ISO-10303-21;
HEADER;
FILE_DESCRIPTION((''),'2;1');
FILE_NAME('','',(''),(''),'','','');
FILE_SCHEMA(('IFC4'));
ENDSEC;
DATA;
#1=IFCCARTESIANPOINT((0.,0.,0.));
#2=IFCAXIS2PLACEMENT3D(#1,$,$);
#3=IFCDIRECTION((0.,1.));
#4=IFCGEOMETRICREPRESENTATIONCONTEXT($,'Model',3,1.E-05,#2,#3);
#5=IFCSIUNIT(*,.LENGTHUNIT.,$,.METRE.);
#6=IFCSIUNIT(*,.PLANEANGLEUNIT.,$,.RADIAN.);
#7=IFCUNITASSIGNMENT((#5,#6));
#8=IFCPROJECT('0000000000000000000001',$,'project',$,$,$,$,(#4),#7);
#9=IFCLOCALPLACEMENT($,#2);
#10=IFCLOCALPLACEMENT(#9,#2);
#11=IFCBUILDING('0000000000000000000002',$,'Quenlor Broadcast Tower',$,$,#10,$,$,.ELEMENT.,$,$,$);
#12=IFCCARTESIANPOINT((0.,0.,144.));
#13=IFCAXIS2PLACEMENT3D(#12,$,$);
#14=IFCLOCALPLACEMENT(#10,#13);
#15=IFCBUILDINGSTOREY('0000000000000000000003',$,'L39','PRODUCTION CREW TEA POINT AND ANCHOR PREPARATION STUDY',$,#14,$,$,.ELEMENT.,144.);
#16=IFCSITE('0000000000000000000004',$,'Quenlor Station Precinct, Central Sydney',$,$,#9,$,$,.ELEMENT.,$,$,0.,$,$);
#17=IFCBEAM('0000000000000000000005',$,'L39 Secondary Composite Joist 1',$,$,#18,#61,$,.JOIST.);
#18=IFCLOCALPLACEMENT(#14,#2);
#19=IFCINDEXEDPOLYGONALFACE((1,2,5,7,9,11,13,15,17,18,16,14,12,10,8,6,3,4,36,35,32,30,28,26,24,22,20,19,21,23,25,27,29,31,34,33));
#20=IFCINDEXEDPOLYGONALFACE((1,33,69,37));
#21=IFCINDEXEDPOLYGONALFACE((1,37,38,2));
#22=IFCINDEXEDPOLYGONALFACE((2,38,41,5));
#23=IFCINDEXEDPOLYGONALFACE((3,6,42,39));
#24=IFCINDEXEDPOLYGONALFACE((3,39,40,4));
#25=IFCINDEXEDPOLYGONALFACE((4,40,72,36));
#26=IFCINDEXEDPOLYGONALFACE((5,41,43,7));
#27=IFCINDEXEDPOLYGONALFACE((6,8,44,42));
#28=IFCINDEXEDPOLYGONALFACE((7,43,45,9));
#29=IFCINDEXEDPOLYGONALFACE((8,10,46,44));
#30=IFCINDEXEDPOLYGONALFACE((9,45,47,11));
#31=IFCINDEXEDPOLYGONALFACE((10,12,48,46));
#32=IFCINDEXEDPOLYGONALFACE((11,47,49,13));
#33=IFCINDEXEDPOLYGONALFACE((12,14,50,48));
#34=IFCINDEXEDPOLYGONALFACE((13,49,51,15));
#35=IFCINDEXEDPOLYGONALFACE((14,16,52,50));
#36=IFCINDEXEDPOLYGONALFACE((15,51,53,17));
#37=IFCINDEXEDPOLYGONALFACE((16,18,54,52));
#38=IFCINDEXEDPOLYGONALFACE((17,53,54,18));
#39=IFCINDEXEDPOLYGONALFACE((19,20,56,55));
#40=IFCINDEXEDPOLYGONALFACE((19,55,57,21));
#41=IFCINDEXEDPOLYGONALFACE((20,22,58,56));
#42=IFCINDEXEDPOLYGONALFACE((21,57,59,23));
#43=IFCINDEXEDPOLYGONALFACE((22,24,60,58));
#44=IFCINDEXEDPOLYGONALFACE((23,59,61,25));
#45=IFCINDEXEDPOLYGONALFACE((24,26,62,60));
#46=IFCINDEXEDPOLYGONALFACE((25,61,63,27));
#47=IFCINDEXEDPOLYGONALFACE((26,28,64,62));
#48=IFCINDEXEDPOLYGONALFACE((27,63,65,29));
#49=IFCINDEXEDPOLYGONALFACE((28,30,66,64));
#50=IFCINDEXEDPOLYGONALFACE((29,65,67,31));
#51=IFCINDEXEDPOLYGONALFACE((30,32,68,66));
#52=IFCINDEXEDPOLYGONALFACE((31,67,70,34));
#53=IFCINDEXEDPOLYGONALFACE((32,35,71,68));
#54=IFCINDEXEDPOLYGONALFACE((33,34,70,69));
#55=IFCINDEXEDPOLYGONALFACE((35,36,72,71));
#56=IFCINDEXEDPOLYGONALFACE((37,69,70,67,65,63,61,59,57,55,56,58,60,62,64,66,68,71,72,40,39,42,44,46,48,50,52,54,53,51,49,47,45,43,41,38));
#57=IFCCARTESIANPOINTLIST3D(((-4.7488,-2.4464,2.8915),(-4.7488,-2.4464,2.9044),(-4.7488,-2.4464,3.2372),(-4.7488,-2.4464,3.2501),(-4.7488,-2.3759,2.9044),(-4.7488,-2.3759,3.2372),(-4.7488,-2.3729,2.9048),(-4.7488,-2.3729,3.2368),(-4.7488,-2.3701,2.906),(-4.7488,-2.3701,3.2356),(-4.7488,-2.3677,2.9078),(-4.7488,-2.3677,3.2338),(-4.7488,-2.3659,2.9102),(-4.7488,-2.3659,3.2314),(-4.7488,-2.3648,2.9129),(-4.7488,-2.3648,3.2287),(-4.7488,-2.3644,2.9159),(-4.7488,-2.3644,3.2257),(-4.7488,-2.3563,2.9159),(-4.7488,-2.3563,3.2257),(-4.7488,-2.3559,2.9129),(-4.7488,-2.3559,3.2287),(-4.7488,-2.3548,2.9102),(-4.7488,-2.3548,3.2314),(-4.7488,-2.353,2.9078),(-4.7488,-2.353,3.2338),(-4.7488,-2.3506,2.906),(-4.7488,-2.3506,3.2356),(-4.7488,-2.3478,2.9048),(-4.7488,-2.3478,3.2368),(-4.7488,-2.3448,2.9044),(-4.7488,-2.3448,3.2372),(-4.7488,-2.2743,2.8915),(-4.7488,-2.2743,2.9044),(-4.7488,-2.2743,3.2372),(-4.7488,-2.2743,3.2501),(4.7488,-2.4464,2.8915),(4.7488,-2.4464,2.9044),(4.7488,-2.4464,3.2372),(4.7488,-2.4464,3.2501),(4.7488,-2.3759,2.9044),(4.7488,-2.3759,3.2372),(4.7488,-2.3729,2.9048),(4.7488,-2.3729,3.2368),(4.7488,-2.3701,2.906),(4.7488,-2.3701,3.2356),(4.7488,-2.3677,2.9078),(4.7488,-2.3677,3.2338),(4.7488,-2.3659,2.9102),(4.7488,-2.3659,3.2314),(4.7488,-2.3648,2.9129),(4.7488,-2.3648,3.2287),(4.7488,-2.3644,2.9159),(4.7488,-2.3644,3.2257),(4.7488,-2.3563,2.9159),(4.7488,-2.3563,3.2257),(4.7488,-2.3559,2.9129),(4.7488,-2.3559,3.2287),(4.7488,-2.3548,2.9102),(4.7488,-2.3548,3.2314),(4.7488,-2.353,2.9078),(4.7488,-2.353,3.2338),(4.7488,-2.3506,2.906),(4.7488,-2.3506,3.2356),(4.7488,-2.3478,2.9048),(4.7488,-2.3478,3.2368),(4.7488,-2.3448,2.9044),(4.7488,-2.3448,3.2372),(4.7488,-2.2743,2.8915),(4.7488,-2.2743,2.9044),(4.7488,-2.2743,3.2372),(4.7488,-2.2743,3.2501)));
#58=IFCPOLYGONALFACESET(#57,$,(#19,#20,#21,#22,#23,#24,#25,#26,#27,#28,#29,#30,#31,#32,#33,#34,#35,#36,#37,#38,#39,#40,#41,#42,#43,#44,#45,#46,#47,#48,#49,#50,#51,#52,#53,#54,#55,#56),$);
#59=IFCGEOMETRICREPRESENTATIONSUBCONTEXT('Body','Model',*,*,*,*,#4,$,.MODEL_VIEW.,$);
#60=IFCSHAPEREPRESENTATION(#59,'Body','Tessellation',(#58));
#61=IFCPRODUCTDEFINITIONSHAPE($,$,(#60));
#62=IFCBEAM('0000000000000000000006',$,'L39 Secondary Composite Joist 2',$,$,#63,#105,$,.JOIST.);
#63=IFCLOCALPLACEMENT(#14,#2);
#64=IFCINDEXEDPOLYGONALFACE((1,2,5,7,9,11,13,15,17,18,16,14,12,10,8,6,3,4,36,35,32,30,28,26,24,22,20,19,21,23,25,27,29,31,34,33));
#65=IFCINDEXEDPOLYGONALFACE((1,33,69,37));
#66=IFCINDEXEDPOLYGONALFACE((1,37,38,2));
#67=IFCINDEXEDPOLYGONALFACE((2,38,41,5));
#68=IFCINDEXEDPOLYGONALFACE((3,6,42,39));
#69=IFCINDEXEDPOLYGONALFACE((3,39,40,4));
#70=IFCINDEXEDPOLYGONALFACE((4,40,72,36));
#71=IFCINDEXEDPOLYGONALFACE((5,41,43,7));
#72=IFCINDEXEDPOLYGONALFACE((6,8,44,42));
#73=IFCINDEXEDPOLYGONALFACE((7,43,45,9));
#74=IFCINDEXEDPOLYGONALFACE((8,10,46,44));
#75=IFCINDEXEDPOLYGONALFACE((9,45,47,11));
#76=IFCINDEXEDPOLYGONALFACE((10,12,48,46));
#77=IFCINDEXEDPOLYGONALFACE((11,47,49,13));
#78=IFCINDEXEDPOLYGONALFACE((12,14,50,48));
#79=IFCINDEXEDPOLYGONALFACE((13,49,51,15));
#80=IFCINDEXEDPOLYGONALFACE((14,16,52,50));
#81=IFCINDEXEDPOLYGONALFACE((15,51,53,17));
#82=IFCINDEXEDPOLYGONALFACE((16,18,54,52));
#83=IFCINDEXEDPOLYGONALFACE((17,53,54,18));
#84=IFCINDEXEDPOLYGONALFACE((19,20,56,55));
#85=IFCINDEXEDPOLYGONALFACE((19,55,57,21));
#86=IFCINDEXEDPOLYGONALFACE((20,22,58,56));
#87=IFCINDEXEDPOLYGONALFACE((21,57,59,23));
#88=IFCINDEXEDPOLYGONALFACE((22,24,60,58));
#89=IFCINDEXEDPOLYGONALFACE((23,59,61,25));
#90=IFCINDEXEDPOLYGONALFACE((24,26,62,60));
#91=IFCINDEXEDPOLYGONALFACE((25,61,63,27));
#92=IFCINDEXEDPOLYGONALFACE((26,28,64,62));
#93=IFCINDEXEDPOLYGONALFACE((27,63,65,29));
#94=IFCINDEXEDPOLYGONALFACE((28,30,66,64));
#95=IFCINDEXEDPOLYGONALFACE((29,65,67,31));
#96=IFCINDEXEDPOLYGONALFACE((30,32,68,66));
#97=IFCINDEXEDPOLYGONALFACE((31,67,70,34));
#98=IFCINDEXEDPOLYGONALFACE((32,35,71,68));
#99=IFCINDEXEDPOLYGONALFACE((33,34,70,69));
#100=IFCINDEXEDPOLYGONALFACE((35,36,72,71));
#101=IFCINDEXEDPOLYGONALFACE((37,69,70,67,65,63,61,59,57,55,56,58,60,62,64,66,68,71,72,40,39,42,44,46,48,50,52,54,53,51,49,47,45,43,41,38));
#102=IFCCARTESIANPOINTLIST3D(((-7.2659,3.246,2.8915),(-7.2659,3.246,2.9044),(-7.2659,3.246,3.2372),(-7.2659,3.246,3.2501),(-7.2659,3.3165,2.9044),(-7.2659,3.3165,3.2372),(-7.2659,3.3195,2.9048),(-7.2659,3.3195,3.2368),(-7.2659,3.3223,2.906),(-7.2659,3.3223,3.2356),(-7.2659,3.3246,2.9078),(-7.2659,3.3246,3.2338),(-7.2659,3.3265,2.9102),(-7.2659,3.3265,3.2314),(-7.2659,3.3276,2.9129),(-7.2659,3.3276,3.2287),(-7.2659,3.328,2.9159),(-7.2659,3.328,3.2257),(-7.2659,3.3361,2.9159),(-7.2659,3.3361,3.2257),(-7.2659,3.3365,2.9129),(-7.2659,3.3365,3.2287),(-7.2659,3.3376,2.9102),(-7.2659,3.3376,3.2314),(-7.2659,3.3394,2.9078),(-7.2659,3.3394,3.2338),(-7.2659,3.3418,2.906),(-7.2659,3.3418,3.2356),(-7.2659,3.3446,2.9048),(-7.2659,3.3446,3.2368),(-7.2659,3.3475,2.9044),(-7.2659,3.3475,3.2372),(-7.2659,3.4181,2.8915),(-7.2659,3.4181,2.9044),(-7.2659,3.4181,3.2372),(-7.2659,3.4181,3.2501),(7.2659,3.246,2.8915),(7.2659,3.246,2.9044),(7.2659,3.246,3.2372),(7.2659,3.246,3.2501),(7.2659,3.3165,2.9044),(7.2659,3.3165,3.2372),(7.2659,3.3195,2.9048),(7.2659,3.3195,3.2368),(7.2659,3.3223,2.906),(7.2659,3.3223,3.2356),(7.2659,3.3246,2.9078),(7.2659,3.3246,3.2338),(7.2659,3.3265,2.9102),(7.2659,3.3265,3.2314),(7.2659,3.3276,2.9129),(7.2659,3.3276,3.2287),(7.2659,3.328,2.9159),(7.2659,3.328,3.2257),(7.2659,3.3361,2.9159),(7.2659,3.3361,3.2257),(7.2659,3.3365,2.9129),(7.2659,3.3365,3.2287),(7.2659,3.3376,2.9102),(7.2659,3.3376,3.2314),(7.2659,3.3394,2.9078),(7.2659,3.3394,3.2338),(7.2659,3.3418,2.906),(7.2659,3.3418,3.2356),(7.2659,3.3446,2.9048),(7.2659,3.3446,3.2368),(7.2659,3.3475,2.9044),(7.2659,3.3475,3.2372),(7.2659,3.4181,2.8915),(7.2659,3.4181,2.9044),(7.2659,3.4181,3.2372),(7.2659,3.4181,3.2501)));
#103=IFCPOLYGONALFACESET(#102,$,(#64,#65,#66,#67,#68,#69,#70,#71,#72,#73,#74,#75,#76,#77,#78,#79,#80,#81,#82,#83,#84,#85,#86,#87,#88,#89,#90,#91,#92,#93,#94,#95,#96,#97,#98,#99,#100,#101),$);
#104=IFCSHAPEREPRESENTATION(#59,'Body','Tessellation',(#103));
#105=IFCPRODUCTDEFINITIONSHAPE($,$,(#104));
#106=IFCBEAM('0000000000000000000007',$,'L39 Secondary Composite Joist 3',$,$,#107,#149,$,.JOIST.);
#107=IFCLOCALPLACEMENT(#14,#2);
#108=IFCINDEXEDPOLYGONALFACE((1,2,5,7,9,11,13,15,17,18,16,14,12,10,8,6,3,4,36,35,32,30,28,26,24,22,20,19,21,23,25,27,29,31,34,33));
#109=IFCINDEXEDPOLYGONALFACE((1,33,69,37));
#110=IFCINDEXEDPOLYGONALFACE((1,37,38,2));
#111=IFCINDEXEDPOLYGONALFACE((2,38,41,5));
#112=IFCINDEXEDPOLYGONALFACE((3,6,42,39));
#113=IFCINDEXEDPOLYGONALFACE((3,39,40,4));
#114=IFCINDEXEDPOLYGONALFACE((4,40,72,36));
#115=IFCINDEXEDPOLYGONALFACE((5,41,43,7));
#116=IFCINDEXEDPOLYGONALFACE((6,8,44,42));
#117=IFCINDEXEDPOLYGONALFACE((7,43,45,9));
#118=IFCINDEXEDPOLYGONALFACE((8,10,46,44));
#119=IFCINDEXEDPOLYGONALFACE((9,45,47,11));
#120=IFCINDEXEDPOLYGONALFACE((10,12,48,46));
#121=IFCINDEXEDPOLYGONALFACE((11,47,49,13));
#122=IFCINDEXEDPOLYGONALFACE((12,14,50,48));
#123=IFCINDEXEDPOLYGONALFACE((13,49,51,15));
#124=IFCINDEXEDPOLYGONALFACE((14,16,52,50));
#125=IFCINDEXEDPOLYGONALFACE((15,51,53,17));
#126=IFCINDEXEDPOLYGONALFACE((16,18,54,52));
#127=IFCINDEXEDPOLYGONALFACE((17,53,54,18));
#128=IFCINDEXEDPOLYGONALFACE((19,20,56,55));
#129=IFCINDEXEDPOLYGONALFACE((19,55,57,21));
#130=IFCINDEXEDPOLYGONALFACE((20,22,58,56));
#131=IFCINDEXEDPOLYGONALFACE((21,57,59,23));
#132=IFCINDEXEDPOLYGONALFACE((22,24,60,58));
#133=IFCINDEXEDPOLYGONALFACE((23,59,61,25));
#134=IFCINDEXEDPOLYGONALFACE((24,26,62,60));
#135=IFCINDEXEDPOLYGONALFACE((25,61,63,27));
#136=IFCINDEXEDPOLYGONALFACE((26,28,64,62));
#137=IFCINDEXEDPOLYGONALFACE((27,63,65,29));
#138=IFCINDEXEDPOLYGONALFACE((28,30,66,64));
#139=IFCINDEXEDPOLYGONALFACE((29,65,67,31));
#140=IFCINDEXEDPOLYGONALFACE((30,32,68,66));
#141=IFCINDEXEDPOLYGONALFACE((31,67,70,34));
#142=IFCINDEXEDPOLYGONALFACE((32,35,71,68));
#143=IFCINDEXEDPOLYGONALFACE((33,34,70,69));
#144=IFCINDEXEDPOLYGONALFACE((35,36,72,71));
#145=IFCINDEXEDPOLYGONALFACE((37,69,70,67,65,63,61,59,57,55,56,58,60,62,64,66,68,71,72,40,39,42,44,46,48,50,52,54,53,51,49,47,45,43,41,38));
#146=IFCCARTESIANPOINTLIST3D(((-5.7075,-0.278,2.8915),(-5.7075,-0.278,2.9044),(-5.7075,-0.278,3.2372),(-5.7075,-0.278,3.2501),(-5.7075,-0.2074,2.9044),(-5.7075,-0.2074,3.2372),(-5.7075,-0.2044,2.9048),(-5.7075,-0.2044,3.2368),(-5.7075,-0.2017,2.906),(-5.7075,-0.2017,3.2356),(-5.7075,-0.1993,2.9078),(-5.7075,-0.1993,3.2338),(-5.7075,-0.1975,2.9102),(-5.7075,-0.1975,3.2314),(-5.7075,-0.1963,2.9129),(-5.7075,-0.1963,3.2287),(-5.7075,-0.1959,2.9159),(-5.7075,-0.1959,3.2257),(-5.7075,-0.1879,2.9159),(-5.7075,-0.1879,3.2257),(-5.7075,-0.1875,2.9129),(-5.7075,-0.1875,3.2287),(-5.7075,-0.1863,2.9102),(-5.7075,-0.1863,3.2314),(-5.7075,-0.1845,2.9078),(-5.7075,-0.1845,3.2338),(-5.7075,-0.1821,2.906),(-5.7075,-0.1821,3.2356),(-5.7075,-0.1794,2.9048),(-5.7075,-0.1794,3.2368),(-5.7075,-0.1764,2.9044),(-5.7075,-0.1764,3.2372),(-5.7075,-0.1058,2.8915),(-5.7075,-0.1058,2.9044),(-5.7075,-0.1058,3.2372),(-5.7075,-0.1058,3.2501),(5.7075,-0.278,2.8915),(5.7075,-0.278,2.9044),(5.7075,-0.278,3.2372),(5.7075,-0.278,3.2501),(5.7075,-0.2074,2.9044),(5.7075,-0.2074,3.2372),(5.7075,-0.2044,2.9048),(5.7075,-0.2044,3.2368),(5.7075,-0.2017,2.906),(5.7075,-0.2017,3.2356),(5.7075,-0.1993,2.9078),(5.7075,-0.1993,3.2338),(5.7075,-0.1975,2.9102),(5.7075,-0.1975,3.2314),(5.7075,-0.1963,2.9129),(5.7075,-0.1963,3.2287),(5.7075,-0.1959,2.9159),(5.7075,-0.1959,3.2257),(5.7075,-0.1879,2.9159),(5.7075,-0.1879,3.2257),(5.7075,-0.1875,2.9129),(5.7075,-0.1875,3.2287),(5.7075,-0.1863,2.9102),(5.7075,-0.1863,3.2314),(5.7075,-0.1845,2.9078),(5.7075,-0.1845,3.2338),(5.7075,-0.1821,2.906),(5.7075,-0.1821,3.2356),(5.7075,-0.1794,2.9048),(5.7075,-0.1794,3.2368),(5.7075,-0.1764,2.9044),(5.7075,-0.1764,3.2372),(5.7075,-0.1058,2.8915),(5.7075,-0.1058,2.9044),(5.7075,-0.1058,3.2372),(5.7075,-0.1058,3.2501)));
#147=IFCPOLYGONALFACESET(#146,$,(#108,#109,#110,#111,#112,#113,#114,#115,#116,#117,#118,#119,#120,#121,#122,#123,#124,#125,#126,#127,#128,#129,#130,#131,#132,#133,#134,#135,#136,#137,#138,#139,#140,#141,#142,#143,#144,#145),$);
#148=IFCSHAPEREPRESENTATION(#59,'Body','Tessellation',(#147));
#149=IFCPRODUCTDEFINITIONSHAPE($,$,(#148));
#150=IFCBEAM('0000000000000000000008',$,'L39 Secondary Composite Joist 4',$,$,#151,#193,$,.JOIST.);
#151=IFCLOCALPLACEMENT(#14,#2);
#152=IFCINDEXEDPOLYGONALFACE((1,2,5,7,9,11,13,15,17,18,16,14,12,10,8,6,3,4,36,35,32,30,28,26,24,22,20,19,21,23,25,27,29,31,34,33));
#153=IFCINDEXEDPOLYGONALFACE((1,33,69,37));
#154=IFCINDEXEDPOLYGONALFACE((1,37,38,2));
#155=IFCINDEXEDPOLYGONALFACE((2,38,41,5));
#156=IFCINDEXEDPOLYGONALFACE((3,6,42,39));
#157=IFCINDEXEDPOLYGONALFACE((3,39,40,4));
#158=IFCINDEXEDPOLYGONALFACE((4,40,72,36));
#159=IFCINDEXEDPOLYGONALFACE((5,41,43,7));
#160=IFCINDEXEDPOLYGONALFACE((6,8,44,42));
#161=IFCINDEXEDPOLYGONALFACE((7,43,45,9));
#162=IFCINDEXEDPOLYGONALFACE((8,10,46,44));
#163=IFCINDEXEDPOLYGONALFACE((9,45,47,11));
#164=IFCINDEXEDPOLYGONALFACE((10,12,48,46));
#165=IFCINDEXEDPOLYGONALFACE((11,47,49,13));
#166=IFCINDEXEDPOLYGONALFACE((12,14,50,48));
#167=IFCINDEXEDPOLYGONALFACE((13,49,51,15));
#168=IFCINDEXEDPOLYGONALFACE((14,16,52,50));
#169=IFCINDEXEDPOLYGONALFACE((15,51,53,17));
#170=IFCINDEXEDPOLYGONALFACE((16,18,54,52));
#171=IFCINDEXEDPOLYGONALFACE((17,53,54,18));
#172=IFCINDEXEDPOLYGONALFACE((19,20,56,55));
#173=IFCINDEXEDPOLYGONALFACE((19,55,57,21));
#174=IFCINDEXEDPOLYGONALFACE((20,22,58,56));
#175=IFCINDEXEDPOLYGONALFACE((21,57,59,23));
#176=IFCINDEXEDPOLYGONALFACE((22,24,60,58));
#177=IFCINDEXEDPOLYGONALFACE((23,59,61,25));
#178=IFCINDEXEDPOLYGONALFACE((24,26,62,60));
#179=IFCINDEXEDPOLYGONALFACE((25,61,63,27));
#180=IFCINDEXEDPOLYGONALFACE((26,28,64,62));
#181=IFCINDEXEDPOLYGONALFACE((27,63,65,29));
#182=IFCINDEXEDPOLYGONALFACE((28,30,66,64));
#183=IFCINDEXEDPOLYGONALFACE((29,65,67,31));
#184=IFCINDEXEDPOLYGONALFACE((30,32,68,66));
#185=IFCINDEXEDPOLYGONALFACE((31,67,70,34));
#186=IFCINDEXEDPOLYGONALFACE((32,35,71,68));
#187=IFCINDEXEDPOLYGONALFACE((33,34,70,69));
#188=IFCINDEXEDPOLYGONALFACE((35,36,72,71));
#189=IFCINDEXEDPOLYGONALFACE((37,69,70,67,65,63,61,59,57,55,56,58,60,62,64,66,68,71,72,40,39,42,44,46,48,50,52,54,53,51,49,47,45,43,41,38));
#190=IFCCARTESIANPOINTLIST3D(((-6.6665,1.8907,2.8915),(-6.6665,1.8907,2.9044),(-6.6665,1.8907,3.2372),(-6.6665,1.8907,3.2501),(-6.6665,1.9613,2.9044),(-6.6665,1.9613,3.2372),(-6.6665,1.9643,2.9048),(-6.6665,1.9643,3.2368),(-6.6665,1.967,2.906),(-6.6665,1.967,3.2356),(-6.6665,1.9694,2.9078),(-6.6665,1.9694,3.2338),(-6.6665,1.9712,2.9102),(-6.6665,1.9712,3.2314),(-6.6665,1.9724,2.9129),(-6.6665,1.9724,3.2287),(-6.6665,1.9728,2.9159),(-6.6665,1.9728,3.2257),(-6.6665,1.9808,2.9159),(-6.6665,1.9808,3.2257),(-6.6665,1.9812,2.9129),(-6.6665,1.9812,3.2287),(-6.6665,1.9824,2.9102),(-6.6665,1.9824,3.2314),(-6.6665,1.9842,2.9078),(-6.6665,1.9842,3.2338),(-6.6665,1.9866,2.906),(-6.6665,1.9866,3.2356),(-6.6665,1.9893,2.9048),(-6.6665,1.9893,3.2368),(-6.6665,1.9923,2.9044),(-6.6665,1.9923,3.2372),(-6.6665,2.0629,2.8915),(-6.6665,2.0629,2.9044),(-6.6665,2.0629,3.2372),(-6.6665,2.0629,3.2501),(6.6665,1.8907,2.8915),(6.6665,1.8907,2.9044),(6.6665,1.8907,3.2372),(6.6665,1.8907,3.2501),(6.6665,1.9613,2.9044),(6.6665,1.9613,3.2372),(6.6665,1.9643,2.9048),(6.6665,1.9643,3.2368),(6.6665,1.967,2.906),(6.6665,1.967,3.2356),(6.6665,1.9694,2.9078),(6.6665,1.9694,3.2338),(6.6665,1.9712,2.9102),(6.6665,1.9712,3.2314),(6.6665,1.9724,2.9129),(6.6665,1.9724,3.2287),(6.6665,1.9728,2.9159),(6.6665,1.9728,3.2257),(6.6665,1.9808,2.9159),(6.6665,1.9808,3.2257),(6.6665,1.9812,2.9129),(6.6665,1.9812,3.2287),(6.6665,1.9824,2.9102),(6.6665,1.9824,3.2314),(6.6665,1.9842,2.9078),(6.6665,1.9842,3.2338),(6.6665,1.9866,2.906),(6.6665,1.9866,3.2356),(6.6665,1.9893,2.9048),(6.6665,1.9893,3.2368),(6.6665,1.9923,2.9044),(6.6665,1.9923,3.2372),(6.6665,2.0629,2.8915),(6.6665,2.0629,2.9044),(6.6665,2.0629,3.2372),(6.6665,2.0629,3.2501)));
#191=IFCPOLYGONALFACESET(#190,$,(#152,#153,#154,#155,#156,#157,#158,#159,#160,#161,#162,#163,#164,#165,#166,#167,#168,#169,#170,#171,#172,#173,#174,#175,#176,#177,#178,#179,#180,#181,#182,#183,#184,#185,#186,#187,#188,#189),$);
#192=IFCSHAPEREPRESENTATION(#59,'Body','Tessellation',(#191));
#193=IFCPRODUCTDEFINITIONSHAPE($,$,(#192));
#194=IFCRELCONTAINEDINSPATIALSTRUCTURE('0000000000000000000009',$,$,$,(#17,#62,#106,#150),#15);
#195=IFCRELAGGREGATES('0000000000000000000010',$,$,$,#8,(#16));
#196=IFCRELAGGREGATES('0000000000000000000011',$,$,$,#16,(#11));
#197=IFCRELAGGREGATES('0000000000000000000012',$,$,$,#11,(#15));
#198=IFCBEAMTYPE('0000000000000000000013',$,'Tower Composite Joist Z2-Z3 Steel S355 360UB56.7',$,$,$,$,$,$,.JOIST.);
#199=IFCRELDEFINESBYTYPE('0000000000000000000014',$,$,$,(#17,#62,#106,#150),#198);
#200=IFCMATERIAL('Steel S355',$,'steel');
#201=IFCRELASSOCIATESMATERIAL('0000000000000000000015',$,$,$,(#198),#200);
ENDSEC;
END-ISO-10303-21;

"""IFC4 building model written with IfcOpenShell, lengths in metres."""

from ifc_helpers import new_model, si_unit, direction, frame, origin, origin_2d, place, context, subcontext, project, spatial, i_section, extrude, material, material_profile, profile_set, type_object, element, save


model = new_model("IFC4")

# Units and contexts
model_context = context("Model", 3, precision=1e-05, world=origin(), true_north=direction((0.0, 1.0)))
body_context = subcontext(model_context, "Body", "Model", "MODEL_VIEW")
ifc_project = project(units=[si_unit("LENGTHUNIT", "METRE"), si_unit("PLANEANGLEUNIT", "RADIAN")], contexts=[model_context])

# Site, building, storey
site_placement = place(None, origin())
site = spatial("IfcSite", under=ifc_project, at=site_placement, Name="Quenlor Station Precinct, Central Sydney", CompositionType="ELEMENT", RefElevation=0.0)
building_placement = place(site_placement, origin())
building = spatial("IfcBuilding", under=site, at=building_placement, Name="Quenlor Broadcast Tower", CompositionType="ELEMENT")
storey_placement = place(building_placement, frame((0.0, 0.0, 144.0)))
storey = spatial("IfcBuildingStorey", under=building, at=storey_placement, Name="L39", Description="PRODUCTION CREW TEA POINT AND ANCHOR PREPARATION STUDY", CompositionType="ELEMENT", Elevation=144.0)

# Beams
ifc_material_1 = material(Name="Steel S355", Category="steel")
ifc_material_profile = material_profile(ifc_material_1, i_section(OverallWidth=0.1721, OverallDepth=0.3586, WebThickness=0.0081, FlangeThickness=0.0129, FilletRadius=0.0115, at=origin_2d()))
ifc_profile_set = profile_set([ifc_material_profile], Name="Steel S355 360UB56.7")
beam_type = type_object("IfcBeamType", Name="Tower Composite Joist Z2-Z3 Steel S355 360UB56.7", PredefinedType="JOIST", material=ifc_profile_set)
beam_1_placement = place(storey_placement, frame((-4.7488, -2.3604, 3.0708), z_axis=(1.0, 0.0, 0.0), x_axis=(0.0, 1.0, 0.0)))
element("IfcBeam", 1, at=beam_1_placement, inside=storey, type_object=beam_type, Name="L39 Secondary Composite Joist 1", PredefinedType="JOIST", context=body_context, shape_type="SweptSolid", body=[
    extrude(i_section(OverallWidth=0.1721, OverallDepth=0.3586, WebThickness=0.0081, FlangeThickness=0.0129, FilletRadius=0.0115, at=origin_2d()), origin(), (0.0, 0.0, 1.0), 9.4976),
])
beam_2_placement = place(storey_placement, frame((-7.2659, 3.332, 3.0708), z_axis=(1.0, 0.0, 0.0), x_axis=(0.0, 1.0, 0.0)))
element("IfcBeam", 2, at=beam_2_placement, inside=storey, type_object=beam_type, Name="L39 Secondary Composite Joist 2", PredefinedType="JOIST", context=body_context, shape_type="SweptSolid", body=[
    extrude(i_section(OverallWidth=0.1721, OverallDepth=0.3586, WebThickness=0.0081, FlangeThickness=0.0129, FilletRadius=0.0115, at=origin_2d()), origin(), (0.0, 0.0, 1.0), 14.5317),
])
beam_3_placement = place(storey_placement, frame((-5.7075, -0.1919, 3.0708), z_axis=(1.0, 0.0, 0.0), x_axis=(0.0, 1.0, 0.0)))
element("IfcBeam", 3, at=beam_3_placement, inside=storey, type_object=beam_type, Name="L39 Secondary Composite Joist 3", PredefinedType="JOIST", context=body_context, shape_type="SweptSolid", body=[
    extrude(i_section(OverallWidth=0.1721, OverallDepth=0.3586, WebThickness=0.0081, FlangeThickness=0.0129, FilletRadius=0.0115, at=origin_2d()), origin(), (0.0, 0.0, 1.0), 11.415),
])
beam_4_placement = place(storey_placement, frame((-6.6665, 1.9768, 3.0708), z_axis=(1.0, 0.0, 0.0), x_axis=(0.0, 1.0, 0.0)))
element("IfcBeam", 4, at=beam_4_placement, inside=storey, type_object=beam_type, Name="L39 Secondary Composite Joist 4", PredefinedType="JOIST", context=body_context, shape_type="SweptSolid", body=[
    extrude(i_section(OverallWidth=0.1721, OverallDepth=0.3586, WebThickness=0.0081, FlangeThickness=0.0129, FilletRadius=0.0115, at=origin_2d()), origin(), (0.0, 0.0, 1.0), 13.333),
])

save(model, "model.ifc")
